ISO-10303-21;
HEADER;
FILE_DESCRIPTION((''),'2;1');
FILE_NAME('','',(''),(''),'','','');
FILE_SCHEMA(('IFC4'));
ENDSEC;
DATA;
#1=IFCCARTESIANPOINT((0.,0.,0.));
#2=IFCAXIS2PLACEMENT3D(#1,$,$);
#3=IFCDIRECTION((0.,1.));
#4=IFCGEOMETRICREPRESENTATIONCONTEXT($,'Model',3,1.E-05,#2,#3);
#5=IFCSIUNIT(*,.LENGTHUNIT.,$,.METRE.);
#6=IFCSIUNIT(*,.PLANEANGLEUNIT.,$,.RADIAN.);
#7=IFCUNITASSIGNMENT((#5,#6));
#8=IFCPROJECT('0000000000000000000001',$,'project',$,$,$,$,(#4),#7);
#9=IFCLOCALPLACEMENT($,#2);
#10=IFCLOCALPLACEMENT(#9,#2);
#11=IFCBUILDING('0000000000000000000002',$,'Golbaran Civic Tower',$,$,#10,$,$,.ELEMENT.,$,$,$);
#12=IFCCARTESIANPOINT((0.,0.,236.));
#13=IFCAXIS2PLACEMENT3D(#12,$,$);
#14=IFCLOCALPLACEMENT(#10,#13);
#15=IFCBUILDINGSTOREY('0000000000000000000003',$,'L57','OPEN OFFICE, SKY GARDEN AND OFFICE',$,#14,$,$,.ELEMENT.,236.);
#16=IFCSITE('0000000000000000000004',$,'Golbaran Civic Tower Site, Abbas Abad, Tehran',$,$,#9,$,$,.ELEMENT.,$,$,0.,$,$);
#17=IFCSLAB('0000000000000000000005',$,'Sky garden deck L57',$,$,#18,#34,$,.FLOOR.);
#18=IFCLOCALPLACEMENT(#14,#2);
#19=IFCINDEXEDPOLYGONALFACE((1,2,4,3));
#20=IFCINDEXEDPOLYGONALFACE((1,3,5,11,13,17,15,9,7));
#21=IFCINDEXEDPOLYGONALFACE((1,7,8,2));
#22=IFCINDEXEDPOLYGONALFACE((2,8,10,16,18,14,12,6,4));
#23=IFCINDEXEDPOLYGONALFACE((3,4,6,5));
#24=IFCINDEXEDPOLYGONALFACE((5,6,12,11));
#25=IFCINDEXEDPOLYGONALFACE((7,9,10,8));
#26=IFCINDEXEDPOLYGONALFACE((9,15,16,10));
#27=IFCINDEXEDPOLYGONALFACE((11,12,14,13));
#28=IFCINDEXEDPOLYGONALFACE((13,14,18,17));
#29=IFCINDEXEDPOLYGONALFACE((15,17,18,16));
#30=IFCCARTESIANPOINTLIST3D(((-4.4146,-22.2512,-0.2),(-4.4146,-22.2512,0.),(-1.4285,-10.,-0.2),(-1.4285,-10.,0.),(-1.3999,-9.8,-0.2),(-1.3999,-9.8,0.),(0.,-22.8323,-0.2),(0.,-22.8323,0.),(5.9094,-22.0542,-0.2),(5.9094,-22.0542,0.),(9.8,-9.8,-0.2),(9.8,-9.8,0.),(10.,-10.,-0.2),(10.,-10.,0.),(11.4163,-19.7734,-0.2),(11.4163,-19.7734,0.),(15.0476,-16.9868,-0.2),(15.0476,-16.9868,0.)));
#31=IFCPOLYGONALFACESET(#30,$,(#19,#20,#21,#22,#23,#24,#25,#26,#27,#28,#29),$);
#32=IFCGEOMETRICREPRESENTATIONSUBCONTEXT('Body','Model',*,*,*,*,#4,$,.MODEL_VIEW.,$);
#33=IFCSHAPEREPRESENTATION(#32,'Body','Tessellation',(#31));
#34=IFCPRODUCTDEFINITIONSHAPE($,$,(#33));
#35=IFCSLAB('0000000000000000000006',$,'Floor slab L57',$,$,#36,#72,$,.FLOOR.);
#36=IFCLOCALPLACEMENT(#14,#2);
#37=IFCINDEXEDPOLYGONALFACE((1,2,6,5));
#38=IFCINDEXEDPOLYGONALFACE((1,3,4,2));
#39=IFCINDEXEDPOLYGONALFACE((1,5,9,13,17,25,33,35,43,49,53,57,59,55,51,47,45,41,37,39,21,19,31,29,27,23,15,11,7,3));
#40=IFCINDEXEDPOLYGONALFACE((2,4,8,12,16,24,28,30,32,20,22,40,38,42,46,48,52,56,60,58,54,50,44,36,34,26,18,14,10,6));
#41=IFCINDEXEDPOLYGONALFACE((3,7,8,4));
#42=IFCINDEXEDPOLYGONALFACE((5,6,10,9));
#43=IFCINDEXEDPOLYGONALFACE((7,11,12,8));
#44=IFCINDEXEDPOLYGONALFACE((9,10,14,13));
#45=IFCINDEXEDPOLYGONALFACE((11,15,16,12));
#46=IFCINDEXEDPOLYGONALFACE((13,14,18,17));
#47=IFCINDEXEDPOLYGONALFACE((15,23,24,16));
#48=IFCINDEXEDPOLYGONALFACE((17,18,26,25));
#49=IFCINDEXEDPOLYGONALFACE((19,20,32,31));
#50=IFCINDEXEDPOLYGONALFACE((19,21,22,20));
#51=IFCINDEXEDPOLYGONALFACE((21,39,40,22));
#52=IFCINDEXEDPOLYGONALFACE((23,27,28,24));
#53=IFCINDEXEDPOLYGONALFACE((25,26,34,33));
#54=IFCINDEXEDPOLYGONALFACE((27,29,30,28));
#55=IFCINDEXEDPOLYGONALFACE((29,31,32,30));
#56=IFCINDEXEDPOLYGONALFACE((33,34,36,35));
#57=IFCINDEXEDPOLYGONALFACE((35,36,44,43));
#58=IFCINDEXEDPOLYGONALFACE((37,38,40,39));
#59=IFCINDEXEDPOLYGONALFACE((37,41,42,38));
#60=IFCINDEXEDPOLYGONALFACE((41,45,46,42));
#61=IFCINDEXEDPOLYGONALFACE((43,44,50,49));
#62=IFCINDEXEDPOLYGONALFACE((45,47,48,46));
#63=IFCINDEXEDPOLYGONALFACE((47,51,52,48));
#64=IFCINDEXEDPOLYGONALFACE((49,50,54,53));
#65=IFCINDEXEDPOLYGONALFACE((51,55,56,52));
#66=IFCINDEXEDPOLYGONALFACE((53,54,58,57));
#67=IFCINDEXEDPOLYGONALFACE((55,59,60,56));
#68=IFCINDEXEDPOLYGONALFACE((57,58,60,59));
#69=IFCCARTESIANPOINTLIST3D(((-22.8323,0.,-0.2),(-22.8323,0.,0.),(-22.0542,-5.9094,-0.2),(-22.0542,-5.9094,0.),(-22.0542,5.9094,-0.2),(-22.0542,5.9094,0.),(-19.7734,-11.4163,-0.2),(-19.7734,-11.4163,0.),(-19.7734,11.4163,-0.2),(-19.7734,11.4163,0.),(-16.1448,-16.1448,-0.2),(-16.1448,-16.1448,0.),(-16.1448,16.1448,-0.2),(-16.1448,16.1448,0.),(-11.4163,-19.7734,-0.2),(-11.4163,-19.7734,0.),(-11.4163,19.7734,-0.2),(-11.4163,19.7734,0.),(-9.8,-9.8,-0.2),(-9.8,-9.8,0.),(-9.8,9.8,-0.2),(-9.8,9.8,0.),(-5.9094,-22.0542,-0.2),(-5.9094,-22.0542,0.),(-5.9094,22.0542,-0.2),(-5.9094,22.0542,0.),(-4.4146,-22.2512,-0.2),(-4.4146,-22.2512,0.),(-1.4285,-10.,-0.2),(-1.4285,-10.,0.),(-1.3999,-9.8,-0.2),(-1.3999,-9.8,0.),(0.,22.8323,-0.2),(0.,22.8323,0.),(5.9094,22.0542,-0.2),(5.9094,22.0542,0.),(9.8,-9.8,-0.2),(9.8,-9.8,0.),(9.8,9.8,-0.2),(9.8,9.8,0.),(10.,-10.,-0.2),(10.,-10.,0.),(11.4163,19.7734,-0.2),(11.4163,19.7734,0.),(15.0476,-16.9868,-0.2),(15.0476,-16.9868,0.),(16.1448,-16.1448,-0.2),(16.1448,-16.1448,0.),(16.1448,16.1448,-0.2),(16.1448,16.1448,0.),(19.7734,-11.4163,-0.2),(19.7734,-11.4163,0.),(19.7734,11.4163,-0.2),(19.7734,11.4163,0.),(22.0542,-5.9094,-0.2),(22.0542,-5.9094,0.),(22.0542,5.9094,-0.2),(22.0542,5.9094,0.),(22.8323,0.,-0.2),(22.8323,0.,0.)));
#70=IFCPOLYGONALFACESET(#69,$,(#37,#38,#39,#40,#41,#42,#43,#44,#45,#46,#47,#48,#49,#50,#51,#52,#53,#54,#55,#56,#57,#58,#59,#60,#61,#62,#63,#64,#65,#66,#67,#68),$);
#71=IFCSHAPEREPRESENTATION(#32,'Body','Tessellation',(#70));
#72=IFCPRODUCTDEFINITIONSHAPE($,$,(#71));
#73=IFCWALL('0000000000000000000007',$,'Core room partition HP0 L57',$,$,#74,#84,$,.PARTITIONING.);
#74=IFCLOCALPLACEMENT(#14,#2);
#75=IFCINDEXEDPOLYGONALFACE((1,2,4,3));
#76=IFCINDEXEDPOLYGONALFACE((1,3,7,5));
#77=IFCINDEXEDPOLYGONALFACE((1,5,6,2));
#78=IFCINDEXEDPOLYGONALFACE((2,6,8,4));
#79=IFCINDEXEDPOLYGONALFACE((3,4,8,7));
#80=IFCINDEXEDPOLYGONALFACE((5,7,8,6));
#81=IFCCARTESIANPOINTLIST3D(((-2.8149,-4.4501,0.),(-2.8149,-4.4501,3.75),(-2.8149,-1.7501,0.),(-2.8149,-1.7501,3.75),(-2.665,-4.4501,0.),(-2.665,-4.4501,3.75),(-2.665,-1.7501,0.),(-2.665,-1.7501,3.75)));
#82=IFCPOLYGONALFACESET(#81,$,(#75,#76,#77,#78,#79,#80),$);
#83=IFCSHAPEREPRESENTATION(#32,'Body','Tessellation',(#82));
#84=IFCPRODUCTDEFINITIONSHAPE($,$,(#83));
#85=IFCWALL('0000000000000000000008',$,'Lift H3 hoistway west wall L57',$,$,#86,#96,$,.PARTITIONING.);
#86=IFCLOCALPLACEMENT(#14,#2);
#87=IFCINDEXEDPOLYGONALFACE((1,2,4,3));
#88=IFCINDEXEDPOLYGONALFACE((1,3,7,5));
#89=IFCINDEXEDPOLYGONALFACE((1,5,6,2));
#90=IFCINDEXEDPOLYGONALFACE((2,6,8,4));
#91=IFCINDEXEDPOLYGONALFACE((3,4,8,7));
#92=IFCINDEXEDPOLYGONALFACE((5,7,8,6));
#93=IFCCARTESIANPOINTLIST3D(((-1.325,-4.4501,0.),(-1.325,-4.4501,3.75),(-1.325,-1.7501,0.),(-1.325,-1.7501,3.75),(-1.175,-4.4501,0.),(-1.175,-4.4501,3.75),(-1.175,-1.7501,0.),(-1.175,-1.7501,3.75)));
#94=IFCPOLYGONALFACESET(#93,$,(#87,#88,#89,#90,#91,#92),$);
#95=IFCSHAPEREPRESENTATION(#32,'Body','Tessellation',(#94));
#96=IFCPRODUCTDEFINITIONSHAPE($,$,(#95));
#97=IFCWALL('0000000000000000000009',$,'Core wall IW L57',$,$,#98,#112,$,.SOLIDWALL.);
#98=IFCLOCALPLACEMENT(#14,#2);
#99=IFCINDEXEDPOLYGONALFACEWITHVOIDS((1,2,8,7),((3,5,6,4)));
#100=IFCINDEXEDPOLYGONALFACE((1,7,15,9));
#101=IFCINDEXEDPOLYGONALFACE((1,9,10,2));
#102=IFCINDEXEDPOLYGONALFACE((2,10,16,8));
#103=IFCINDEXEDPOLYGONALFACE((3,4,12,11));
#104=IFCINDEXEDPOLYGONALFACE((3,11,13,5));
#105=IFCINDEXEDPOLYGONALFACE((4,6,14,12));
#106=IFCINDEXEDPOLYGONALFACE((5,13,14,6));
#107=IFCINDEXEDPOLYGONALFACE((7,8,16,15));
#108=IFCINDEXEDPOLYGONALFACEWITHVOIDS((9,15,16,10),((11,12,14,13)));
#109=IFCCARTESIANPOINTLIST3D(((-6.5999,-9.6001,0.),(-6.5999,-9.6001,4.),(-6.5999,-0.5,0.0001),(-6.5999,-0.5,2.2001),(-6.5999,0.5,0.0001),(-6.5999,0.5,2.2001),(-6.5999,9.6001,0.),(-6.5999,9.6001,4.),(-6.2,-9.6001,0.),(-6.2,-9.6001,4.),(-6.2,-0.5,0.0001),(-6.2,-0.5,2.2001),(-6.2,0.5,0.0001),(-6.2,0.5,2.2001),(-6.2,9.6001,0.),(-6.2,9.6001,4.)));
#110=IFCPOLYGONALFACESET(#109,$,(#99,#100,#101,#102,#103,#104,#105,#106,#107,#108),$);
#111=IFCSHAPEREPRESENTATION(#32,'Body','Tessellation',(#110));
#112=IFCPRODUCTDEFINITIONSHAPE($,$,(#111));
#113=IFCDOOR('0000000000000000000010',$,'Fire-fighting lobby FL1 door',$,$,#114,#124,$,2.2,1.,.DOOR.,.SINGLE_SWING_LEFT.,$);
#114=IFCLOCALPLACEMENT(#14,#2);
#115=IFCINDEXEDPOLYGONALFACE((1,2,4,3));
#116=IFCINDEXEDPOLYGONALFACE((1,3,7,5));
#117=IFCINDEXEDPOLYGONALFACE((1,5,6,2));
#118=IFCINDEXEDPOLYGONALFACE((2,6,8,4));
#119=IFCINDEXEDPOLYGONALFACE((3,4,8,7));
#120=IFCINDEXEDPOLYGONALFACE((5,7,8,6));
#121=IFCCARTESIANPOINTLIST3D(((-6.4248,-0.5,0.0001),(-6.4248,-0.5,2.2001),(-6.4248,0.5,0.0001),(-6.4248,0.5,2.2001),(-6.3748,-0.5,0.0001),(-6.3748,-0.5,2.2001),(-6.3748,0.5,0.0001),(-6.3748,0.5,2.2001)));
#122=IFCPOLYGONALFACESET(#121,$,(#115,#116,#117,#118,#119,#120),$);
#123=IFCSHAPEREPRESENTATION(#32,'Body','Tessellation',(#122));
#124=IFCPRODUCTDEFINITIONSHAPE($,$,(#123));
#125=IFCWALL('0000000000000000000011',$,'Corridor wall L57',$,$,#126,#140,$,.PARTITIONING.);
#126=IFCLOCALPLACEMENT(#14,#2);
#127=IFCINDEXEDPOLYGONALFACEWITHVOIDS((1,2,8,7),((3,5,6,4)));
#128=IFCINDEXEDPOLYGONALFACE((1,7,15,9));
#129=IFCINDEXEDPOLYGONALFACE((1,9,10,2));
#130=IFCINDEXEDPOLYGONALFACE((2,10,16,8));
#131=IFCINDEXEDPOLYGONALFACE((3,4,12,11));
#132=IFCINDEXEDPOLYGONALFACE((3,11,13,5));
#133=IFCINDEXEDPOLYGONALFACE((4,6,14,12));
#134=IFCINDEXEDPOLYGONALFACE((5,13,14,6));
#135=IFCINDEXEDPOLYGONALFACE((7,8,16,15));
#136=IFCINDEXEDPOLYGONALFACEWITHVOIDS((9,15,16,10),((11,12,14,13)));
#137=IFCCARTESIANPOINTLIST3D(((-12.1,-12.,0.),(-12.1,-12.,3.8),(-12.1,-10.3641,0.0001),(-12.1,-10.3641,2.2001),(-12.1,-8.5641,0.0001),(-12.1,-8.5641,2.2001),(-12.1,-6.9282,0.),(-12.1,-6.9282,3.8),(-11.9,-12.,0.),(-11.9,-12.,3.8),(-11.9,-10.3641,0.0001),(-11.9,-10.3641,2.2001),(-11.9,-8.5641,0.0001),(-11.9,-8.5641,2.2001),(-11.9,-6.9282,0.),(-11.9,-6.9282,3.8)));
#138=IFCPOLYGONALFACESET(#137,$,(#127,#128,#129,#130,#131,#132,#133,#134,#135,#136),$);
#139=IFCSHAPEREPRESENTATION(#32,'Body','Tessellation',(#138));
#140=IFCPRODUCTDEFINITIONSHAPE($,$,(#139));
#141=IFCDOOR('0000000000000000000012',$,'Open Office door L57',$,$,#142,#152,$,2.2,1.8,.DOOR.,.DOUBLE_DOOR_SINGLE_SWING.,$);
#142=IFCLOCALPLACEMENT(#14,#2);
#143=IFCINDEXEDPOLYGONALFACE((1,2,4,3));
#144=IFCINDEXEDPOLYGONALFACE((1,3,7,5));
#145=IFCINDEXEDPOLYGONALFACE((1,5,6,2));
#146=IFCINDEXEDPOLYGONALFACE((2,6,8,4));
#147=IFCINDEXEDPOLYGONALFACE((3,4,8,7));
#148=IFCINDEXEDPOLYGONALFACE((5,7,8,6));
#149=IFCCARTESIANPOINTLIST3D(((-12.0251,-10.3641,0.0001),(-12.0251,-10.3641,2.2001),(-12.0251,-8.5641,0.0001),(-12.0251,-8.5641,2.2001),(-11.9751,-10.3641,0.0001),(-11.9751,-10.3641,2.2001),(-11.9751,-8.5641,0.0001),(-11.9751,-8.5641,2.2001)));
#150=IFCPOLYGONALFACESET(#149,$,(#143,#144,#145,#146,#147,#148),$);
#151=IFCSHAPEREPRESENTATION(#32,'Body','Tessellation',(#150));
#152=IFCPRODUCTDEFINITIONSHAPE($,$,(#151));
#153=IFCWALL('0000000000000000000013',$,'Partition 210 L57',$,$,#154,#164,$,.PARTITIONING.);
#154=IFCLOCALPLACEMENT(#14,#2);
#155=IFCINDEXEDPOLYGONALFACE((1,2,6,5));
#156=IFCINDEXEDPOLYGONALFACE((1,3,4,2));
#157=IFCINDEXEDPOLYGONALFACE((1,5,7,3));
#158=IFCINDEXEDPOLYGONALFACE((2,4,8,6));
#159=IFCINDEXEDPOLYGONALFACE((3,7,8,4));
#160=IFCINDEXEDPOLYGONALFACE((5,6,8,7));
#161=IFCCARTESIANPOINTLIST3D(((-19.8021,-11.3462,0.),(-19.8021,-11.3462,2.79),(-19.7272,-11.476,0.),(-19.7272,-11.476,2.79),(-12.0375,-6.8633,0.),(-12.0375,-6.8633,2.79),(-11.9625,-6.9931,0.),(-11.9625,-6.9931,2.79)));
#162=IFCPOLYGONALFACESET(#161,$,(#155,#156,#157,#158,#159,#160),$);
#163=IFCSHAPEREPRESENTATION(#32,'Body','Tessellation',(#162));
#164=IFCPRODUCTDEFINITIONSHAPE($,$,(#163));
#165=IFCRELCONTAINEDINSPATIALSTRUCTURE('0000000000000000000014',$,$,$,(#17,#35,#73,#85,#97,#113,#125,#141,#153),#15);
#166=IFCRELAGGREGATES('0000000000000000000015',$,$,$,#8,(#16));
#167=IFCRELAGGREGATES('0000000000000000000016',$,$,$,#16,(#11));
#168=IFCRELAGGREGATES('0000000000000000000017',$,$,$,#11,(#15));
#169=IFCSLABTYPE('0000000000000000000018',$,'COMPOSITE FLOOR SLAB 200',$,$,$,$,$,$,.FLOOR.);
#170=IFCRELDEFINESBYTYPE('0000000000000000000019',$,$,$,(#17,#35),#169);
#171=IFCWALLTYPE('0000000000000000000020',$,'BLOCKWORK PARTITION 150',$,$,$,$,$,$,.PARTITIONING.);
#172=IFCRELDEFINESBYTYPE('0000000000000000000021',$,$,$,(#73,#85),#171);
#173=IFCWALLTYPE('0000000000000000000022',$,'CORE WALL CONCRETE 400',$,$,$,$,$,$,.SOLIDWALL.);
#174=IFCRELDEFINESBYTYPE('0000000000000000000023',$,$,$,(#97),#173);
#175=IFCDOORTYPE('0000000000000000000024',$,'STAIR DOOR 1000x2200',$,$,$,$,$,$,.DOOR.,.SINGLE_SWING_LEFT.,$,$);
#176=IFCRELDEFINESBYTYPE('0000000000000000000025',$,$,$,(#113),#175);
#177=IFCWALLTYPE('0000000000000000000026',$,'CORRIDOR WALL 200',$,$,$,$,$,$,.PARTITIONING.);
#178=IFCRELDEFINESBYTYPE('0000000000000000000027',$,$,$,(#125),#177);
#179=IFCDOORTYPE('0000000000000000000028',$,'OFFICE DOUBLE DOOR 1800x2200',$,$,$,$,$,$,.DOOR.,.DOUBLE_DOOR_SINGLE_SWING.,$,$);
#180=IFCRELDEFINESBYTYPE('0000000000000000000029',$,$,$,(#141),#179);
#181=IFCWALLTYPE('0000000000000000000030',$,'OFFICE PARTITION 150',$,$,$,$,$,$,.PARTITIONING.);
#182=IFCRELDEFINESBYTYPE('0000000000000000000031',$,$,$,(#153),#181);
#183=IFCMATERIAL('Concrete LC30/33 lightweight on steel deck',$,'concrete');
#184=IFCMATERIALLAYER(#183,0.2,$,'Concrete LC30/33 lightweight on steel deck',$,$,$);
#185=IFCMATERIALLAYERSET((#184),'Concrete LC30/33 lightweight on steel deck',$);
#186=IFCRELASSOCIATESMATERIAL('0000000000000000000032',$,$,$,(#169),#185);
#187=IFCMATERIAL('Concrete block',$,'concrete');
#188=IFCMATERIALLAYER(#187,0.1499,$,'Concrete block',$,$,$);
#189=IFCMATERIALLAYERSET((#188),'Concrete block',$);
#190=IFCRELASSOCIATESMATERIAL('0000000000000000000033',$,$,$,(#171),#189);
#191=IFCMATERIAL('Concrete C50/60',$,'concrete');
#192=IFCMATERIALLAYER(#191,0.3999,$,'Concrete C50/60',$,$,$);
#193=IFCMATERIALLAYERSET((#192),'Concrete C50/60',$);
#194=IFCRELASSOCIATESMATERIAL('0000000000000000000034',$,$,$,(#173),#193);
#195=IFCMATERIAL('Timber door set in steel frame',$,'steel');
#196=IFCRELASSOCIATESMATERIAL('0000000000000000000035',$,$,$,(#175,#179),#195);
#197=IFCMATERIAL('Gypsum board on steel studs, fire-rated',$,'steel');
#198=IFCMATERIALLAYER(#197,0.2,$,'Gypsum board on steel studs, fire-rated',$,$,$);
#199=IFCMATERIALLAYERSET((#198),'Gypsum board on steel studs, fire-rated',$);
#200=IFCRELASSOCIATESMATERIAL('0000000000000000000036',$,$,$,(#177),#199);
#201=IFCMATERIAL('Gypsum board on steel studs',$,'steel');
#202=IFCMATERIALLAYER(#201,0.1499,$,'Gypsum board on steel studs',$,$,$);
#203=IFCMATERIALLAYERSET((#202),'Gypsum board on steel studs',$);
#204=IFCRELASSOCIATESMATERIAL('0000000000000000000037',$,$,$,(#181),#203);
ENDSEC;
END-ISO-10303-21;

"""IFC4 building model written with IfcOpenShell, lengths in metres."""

from ifc_helpers import new_model, si_unit, direction, frame, frame_2d, origin, place, context, subcontext, project, spatial, polyline, rectangle, outline, extrude, material, layer, layer_set, type_object, element, fill, save


model = new_model("IFC4")

# Units and contexts
model_context = context("Model", 3, precision=1e-05, world=origin(), true_north=direction((0.0, 1.0)))
body_context = subcontext(model_context, "Body", "Model", "MODEL_VIEW")
ifc_project = project(units=[si_unit("LENGTHUNIT", "METRE"), si_unit("PLANEANGLEUNIT", "RADIAN")], contexts=[model_context])

# Site, building, storey
site_placement = place(None, origin())
site = spatial("IfcSite", under=ifc_project, at=site_placement, Name="Golbaran Civic Tower Site, Abbas Abad, Tehran", CompositionType="ELEMENT", RefElevation=0.0)
building_placement = place(site_placement, origin())
building = spatial("IfcBuilding", under=site, at=building_placement, Name="Golbaran Civic Tower", CompositionType="ELEMENT")
storey_placement = place(building_placement, frame((0.0, 0.0, 236.0)))
storey = spatial("IfcBuildingStorey", under=building, at=storey_placement, Name="L57", Description="OPEN OFFICE, SKY GARDEN AND OFFICE", CompositionType="ELEMENT", Elevation=236.0)

# Slabs
ifc_material_1 = material(Name="Concrete LC30/33 lightweight on steel deck", Category="concrete")
ifc_layer_1 = layer(ifc_material_1, 0.2, Name="Concrete LC30/33 lightweight on steel deck")
ifc_layer_set_1 = layer_set([ifc_layer_1], Name="Concrete LC30/33 lightweight on steel deck")
slab_type = type_object("IfcSlabType", Name="COMPOSITE FLOOR SLAB 200", PredefinedType="FLOOR", material=ifc_layer_set_1)
slab_1_placement = place(storey_placement, frame((0.0, 0.0, -0.2)))
element("IfcSlab", 1, at=slab_1_placement, inside=storey, type_object=slab_type, Name="Sky garden deck L57", PredefinedType="FLOOR", context=body_context, shape_type="SweptSolid", body=[
    extrude(outline(polyline([(5.9094, -22.0542), (0.0, -22.8323), (-4.4146, -22.2512), (-1.4285, -10.0), (-1.3999, -9.8), (9.8, -9.8), (10.0, -10.0), (15.0476, -16.9868), (11.4163, -19.7734), (5.9094, -22.0542)])), origin(), (0.0, 0.0, 1.0), 0.2),
])
slab_2_placement = place(storey_placement, frame((0.0, 0.0, -0.2)))
element("IfcSlab", 2, at=slab_2_placement, inside=storey, type_object=slab_type, Name="Floor slab L57", PredefinedType="FLOOR", context=body_context, shape_type="SweptSolid", body=[
    extrude(outline(polyline([(16.1448, -16.1448), (15.0476, -16.9868), (10.0, -10.0), (9.8, -9.8), (9.8, 9.8), (-9.8, 9.8), (-9.8, -9.8), (-1.3999, -9.8), (-1.4285, -10.0), (-4.4146, -22.2512), (-5.9094, -22.0542), (-11.4163, -19.7734), (-16.1448, -16.1448), (-19.7734, -11.4163), (-22.0542, -5.9094), (-22.8323, 0.0), (-22.0542, 5.9094), (-19.7734, 11.4163), (-16.1448, 16.1448), (-11.4163, 19.7734), (-5.9094, 22.0542), (0.0, 22.8323), (5.9094, 22.0542), (11.4163, 19.7734), (16.1448, 16.1448), (19.7734, 11.4163), (22.0542, 5.9094), (22.8323, 0.0), (22.0542, -5.9094), (19.7734, -11.4163), (16.1448, -16.1448)])), origin(), (0.0, 0.0, 1.0), 0.2),
])

# Walls
ifc_material_2 = material(Name="Concrete block", Category="concrete")
ifc_layer_2 = layer(ifc_material_2, 0.1499, Name="Concrete block")
ifc_layer_set_2 = layer_set([ifc_layer_2], Name="Concrete block")
wall_type_1 = type_object("IfcWallType", Name="BLOCKWORK PARTITION 150", PredefinedType="PARTITIONING", material=ifc_layer_set_2)
for number, where, z_axis, x_axis, name in (
    (3, (-2.74, -1.75, 0.0), (0.0, 0.0, 1.0), (0.0, -1.0, 0.0), "Core room partition HP0 L57"),
    (4, (-1.25, -1.75, 0.0), (0.0, 0.0, 1.0), (0.0, -1.0, 0.0), "Lift H3 hoistway west wall L57"),
):
    element("IfcWall", number, at=place(storey_placement, frame(where, z_axis=z_axis, x_axis=x_axis)), inside=storey, type_object=wall_type_1, Name=name, PredefinedType="PARTITIONING", context=body_context, shape_type="SweptSolid", body=[
        extrude(rectangle(XDim=2.7, YDim=0.1499, at=frame_2d((1.3501, 0.0))), origin(), (0.0, 0.0, 1.0), 3.75),
    ])

# Walls, openings, doors
ifc_material_3 = material(Name="Concrete C50/60", Category="concrete")
ifc_layer_3 = layer(ifc_material_3, 0.3999, Name="Concrete C50/60")
ifc_layer_set_3 = layer_set([ifc_layer_3], Name="Concrete C50/60")
wall_type_2 = type_object("IfcWallType", Name="CORE WALL CONCRETE 400", PredefinedType="SOLIDWALL", material=ifc_layer_set_3)
wall_1_placement = place(storey_placement, frame((-6.3999, -9.6001, 0.0), z_axis=(0.0, 0.0, 1.0), x_axis=(0.0, 1.0, 0.0)))
wall_1 = element("IfcWall", 5, at=wall_1_placement, inside=storey, type_object=wall_type_2, Name="Core wall IW L57", PredefinedType="SOLIDWALL", context=body_context, shape_type="SweptSolid", body=[
    extrude(rectangle(XDim=19.2002, YDim=0.3999, at=frame_2d((9.6001, 0.0))), origin(), (0.0, 0.0, 1.0), 4.0),
])
opening_1_placement = place(wall_1_placement, frame((9.1001, 0.0, 0.0)))
opening_1 = element("IfcOpeningElement", 6, at=opening_1_placement, cuts=wall_1, PredefinedType="OPENING", context=body_context, shape_type="SweptSolid", body=[
    extrude(rectangle(XDim=1.0, YDim=2.2, at=frame_2d((0.5, 1.1001))), frame((0.0, 0.21, 0.0), z_axis=(0.0, -1.0, 0.0), x_axis=(1.0, 0.0, 0.0)), (0.0, 0.0, 1.0), 0.4199),
])
ifc_material_4 = material(Name="Timber door set in steel frame", Category="steel")
door_type_1 = type_object("IfcDoorType", Name="STAIR DOOR 1000x2200", OperationType="SINGLE_SWING_LEFT", PredefinedType="DOOR", material=ifc_material_4)
door_1_placement = place(opening_1_placement, origin())
door_1 = element("IfcDoor", 7, at=door_1_placement, inside=storey, type_object=door_type_1, Name="Fire-fighting lobby FL1 door", OperationType="SINGLE_SWING_LEFT", OverallHeight=2.2, OverallWidth=1.0, PredefinedType="DOOR", context=body_context, shape_type="SweptSolid", body=[
    extrude(rectangle(XDim=1.0, YDim=2.2, at=frame_2d((0.5, 1.1001))), frame((0.0, 0.0249, 0.0), z_axis=(0.0, -1.0, 0.0), x_axis=(1.0, 0.0, 0.0)), (0.0, 0.0, 1.0), 0.05),
])
fill(opening_1, door_1)
ifc_material_5 = material(Name="Gypsum board on steel studs, fire-rated", Category="steel")
ifc_layer_4 = layer(ifc_material_5, 0.2, Name="Gypsum board on steel studs, fire-rated")
ifc_layer_set_4 = layer_set([ifc_layer_4], Name="Gypsum board on steel studs, fire-rated")
wall_type_3 = type_object("IfcWallType", Name="CORRIDOR WALL 200", PredefinedType="PARTITIONING", material=ifc_layer_set_4)
wall_2_placement = place(storey_placement, frame((-12.0, -6.9282, 0.0), z_axis=(0.0, 0.0, 1.0), x_axis=(0.0, -1.0, 0.0)))
wall_2 = element("IfcWall", 8, at=wall_2_placement, inside=storey, type_object=wall_type_3, Name="Corridor wall L57", PredefinedType="PARTITIONING", context=body_context, shape_type="SweptSolid", body=[
    extrude(rectangle(XDim=5.0718, YDim=0.2, at=frame_2d((2.5359, 0.0))), origin(), (0.0, 0.0, 1.0), 3.8),
])
opening_2_placement = place(wall_2_placement, frame((1.636, 0.0, 0.0)))
opening_2 = element("IfcOpeningElement", 9, at=opening_2_placement, cuts=wall_2, PredefinedType="OPENING", context=body_context, shape_type="SweptSolid", body=[
    extrude(rectangle(XDim=1.8, YDim=2.2, at=frame_2d((0.8999, 1.1001))), frame((0.0, 0.1099, 0.0), z_axis=(0.0, -1.0, 0.0), x_axis=(1.0, 0.0, 0.0)), (0.0, 0.0, 1.0), 0.22),
])
door_type_2 = type_object("IfcDoorType", Name="OFFICE DOUBLE DOOR 1800x2200", OperationType="DOUBLE_DOOR_SINGLE_SWING", PredefinedType="DOOR", material=ifc_material_4)
door_2_placement = place(opening_2_placement, origin())
door_2 = element("IfcDoor", 10, at=door_2_placement, inside=storey, type_object=door_type_2, Name="Open Office door L57", OperationType="DOUBLE_DOOR_SINGLE_SWING", OverallHeight=2.2, OverallWidth=1.8, PredefinedType="DOOR", context=body_context, shape_type="SweptSolid", body=[
    extrude(rectangle(XDim=1.8, YDim=2.2, at=frame_2d((0.8999, 1.1001))), frame((0.0, 0.0249, 0.0), z_axis=(0.0, -1.0, 0.0), x_axis=(1.0, 0.0, 0.0)), (0.0, 0.0, 1.0), 0.05),
])
fill(opening_2, door_2)

# Wall
ifc_material_6 = material(Name="Gypsum board on steel studs", Category="steel")
ifc_layer_5 = layer(ifc_material_6, 0.1499, Name="Gypsum board on steel studs")
ifc_layer_set_5 = layer_set([ifc_layer_5], Name="Gypsum board on steel studs")
wall_type_4 = type_object("IfcWallType", Name="OFFICE PARTITION 150", PredefinedType="PARTITIONING", material=ifc_layer_set_5)
wall_3_placement = place(storey_placement, frame((-12.0, -6.9282, 0.0), z_axis=(0.0, 0.0, 1.0), x_axis=(-0.866026, -0.499999, 0.0)))
element("IfcWall", 11, at=wall_3_placement, inside=storey, type_object=wall_type_4, Name="Partition 210 L57", PredefinedType="PARTITIONING", context=body_context, shape_type="SweptSolid", body=[
    extrude(rectangle(XDim=8.9658, YDim=0.1499, at=frame_2d((4.4829, 0.0))), origin(), (0.0, 0.0, 1.0), 2.79),
])

save(model, "model.ifc")
